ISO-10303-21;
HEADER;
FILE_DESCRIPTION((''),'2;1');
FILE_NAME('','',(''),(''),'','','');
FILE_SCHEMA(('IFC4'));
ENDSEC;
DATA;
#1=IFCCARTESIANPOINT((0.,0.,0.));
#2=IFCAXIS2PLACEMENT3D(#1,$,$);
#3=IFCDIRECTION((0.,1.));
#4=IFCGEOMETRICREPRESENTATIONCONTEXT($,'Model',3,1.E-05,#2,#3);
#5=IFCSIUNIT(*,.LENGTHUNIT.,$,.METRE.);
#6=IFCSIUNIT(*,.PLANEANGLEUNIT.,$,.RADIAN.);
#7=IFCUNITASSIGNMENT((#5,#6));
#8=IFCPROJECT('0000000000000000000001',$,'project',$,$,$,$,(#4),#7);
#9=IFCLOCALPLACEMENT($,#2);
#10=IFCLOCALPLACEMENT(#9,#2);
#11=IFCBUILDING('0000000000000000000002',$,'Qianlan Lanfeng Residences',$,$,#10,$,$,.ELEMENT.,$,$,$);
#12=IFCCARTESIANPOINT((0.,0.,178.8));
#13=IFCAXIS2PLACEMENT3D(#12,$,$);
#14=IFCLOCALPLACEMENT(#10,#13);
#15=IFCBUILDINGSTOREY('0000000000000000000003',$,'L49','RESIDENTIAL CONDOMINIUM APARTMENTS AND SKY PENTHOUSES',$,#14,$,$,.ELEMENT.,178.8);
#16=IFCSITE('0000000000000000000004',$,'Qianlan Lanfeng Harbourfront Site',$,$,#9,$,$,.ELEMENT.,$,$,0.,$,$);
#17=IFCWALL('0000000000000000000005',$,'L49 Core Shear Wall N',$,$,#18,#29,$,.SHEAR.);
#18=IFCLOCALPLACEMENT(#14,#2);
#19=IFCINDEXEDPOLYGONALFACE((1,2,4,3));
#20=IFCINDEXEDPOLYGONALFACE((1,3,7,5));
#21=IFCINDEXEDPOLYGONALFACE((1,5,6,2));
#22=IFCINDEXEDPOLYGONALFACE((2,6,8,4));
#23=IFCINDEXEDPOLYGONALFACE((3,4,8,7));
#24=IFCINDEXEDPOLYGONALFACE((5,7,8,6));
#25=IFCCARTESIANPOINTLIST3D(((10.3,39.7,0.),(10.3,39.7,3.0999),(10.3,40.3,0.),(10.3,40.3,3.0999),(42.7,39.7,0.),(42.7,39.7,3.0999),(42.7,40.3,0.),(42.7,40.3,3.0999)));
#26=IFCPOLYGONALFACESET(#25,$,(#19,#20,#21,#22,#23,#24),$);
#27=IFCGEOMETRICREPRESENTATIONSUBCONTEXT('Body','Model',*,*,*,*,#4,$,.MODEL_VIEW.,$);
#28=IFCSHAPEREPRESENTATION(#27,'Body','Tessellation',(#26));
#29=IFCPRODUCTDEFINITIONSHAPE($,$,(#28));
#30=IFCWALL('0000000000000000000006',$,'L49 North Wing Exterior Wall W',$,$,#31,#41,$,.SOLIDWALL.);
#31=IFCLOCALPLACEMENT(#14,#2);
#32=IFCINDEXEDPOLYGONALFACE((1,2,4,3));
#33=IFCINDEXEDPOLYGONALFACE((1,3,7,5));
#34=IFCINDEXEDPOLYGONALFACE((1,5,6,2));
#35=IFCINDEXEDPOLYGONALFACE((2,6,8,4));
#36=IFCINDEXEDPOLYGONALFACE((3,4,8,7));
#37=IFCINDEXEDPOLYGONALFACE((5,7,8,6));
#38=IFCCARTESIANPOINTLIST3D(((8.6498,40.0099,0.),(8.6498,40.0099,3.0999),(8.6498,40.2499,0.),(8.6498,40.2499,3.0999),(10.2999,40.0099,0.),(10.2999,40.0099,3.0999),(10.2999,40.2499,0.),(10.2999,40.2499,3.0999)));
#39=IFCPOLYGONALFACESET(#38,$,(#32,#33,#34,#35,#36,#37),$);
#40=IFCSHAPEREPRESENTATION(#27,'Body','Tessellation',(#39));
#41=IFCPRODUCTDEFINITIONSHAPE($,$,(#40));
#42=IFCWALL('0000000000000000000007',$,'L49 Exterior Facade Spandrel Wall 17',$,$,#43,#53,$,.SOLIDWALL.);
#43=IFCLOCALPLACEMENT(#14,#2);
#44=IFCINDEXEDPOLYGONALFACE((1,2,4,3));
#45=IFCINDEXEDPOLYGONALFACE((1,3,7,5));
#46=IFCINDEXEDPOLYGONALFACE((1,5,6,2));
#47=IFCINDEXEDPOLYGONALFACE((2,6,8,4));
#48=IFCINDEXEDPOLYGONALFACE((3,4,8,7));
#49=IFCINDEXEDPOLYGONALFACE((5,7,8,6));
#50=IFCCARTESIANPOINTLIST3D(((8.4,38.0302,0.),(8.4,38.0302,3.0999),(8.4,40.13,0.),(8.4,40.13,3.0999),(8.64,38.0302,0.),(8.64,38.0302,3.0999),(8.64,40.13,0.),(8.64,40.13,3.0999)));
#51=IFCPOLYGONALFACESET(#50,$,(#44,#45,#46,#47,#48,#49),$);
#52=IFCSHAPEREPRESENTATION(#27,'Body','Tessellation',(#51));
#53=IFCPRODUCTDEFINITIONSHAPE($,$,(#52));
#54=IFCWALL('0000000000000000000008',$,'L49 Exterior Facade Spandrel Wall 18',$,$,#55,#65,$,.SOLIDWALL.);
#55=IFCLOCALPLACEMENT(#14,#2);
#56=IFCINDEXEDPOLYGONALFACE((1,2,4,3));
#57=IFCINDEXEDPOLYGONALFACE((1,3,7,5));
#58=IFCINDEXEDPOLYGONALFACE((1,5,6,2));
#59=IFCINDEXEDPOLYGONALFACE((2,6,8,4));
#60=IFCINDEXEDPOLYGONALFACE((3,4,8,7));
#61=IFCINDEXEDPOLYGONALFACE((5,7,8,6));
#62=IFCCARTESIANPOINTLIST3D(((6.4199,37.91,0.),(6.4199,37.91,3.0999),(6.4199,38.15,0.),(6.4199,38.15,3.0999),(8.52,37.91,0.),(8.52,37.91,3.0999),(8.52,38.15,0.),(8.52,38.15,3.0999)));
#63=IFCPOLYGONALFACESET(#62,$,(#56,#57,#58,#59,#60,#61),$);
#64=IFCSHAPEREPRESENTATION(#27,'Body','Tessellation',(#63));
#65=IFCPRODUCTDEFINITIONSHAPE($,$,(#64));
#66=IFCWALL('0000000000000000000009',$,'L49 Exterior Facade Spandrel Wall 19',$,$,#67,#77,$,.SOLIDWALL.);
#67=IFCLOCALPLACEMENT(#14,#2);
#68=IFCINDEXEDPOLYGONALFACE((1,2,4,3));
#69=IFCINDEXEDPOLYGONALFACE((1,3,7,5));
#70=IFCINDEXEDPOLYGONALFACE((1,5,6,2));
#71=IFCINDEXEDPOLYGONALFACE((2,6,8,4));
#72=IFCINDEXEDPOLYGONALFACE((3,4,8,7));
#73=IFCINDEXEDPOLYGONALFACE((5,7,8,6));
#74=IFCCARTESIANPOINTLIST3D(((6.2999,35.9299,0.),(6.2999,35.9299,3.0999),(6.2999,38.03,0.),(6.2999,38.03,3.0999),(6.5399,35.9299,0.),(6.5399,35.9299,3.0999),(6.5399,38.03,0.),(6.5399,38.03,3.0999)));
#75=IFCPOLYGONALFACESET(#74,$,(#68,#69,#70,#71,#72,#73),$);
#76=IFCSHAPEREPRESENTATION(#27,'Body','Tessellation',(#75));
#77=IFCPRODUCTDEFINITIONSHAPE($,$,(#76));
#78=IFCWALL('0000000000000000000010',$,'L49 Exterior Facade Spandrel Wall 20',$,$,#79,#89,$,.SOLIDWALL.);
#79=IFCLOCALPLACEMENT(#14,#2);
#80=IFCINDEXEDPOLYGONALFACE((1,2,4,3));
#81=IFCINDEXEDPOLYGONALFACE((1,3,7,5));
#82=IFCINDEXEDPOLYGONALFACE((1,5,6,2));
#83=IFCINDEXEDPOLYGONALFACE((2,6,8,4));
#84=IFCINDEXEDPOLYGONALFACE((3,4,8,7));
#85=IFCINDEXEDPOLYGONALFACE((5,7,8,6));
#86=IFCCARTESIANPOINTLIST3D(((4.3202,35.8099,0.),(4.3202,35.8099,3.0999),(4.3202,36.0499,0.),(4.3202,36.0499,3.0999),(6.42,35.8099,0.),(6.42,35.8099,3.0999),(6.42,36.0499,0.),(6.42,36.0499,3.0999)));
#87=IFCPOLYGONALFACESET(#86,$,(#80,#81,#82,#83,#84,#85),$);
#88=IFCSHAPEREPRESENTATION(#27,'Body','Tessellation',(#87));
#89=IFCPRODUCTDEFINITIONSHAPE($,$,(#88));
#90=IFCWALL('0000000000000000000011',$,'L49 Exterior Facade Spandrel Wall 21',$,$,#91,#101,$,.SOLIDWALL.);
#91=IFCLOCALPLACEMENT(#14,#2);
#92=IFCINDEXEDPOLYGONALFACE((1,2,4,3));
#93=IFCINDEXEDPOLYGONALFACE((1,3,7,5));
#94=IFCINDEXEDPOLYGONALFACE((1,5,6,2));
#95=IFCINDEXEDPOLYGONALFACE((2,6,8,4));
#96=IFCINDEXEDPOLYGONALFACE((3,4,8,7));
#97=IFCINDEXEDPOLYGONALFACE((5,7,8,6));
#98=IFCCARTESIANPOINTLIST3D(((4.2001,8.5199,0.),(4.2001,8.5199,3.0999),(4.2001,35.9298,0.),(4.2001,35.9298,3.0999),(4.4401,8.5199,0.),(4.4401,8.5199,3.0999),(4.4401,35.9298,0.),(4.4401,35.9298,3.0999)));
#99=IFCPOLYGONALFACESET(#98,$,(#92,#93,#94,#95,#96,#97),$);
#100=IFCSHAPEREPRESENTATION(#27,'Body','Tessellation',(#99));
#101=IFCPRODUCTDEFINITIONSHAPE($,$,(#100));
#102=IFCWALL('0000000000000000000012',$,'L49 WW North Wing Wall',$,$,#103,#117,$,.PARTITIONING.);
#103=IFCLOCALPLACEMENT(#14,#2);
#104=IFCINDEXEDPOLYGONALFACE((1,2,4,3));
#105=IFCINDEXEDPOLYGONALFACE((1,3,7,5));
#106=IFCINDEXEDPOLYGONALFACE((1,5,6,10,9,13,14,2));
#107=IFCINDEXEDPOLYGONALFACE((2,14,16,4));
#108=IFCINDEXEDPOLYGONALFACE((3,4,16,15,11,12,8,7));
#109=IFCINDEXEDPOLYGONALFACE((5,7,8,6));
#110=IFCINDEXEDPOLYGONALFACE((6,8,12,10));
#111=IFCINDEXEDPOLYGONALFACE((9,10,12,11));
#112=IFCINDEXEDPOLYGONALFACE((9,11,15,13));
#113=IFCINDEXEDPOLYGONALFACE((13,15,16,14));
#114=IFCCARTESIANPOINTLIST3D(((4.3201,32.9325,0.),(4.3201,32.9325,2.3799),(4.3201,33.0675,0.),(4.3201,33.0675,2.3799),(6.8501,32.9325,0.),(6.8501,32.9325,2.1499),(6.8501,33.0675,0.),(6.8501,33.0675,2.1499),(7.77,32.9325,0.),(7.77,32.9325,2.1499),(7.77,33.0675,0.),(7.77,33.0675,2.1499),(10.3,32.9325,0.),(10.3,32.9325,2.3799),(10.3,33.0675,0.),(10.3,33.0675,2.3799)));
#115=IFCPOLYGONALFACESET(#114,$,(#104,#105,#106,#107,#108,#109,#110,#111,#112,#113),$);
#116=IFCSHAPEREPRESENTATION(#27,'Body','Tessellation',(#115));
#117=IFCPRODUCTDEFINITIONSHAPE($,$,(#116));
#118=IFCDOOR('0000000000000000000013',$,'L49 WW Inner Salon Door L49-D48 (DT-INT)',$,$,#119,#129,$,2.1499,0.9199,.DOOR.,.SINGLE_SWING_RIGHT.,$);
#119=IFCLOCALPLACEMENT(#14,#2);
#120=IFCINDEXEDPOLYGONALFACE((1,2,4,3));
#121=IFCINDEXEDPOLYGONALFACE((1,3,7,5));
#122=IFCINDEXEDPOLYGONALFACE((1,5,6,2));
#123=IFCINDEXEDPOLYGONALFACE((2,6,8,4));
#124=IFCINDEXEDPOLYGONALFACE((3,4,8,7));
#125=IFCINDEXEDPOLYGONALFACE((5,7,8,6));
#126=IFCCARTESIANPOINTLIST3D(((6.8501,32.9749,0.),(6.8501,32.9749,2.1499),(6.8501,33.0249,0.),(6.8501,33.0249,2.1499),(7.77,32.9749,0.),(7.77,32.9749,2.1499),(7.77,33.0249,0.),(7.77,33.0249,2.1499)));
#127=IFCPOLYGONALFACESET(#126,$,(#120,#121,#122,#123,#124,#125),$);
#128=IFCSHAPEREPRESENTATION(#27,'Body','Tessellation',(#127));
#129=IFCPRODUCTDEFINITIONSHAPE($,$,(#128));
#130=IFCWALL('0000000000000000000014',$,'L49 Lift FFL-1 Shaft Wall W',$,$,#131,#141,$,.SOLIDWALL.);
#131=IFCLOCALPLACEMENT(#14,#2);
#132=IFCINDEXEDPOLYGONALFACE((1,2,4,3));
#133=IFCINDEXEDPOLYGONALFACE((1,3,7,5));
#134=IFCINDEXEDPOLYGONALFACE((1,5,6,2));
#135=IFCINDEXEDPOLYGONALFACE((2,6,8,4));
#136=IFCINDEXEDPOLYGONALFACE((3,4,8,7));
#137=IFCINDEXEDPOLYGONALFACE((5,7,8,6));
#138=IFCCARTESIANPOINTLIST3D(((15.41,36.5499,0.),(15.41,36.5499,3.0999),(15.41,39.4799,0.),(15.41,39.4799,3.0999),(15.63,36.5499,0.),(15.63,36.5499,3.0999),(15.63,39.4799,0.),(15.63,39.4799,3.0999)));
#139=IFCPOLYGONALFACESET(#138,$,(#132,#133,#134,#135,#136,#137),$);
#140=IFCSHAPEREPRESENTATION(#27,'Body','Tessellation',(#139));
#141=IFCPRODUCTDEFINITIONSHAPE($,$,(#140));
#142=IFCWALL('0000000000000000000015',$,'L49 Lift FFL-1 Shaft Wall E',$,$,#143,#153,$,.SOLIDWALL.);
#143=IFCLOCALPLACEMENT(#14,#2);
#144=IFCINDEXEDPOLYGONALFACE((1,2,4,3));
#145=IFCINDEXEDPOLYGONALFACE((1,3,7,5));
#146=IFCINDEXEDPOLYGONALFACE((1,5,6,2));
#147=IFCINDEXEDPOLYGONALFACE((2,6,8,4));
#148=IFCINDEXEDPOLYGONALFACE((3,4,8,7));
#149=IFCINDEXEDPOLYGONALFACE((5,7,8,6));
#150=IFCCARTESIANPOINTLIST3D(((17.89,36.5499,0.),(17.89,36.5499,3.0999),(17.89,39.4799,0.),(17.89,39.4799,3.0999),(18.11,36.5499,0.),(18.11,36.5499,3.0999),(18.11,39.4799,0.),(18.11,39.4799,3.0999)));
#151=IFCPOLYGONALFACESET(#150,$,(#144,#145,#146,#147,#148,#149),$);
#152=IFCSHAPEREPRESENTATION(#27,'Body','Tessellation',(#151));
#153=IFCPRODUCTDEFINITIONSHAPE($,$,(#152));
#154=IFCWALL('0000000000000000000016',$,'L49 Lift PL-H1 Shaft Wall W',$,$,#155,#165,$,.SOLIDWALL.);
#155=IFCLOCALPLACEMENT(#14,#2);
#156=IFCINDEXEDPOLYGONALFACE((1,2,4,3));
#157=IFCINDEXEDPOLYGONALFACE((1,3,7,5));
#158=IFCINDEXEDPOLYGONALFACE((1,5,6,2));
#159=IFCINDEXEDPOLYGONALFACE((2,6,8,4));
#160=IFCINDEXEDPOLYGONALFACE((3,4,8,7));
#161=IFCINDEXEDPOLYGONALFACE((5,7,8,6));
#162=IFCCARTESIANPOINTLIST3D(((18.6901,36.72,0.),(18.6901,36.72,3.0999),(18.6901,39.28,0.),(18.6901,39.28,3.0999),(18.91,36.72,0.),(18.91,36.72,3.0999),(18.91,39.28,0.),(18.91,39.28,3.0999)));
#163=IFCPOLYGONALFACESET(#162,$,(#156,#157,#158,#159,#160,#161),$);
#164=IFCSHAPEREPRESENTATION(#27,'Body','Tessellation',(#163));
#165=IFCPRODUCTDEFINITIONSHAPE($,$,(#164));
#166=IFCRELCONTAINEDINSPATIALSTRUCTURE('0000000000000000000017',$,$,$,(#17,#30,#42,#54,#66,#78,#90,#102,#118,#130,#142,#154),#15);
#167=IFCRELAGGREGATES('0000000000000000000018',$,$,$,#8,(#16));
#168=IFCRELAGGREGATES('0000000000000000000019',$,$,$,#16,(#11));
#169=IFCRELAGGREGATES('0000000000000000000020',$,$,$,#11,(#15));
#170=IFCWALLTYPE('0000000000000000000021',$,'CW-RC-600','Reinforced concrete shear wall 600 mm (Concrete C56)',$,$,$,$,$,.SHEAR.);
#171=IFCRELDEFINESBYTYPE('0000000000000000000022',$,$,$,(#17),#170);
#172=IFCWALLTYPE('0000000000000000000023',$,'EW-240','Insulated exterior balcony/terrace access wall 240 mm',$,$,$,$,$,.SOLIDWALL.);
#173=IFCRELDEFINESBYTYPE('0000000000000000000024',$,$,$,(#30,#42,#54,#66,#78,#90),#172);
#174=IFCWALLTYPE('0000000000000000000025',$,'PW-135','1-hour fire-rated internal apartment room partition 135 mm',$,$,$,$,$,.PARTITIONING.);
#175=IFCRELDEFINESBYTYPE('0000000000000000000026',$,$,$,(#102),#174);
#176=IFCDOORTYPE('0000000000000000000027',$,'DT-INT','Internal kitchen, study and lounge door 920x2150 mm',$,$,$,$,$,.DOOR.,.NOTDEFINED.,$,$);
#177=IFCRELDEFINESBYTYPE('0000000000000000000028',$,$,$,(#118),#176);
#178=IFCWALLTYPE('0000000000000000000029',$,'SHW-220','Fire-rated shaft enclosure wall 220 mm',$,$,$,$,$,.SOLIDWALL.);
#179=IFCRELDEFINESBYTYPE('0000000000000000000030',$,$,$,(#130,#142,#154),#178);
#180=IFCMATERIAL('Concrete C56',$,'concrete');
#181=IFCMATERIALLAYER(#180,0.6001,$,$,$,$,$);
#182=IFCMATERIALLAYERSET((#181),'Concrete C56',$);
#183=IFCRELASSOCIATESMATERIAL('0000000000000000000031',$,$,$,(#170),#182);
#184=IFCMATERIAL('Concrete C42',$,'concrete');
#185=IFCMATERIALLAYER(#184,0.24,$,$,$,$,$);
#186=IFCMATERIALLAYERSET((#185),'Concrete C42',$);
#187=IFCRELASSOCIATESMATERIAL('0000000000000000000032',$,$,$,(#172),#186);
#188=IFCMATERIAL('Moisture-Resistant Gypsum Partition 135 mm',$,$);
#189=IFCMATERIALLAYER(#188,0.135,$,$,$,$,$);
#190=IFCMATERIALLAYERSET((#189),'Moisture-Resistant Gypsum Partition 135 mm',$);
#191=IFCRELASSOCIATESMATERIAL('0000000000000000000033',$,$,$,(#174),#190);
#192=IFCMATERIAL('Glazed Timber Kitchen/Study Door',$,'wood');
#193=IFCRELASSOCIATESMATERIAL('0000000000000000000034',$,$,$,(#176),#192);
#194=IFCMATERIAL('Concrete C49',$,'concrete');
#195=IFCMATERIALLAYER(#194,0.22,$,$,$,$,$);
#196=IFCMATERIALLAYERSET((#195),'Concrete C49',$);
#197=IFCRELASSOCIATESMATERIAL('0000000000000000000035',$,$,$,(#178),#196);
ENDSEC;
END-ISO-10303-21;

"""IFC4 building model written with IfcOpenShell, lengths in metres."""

from ifc_helpers import new_model, si_unit, direction, frame, frame_2d, origin, place, context, subcontext, project, spatial, rectangle, extrude, material, layer, layer_set, type_object, element, fill, save


model = new_model("IFC4")

# Units and contexts
model_context = context("Model", 3, precision=1e-05, world=origin(), true_north=direction((0.0, 1.0)))
body_context = subcontext(model_context, "Body", "Model", "MODEL_VIEW")
ifc_project = project(units=[si_unit("LENGTHUNIT", "METRE"), si_unit("PLANEANGLEUNIT", "RADIAN")], contexts=[model_context])

# Site, building, storey
site_placement = place(None, origin())
site = spatial("IfcSite", under=ifc_project, at=site_placement, Name="Qianlan Lanfeng Harbourfront Site", CompositionType="ELEMENT", RefElevation=0.0)
building_placement = place(site_placement, origin())
building = spatial("IfcBuilding", under=site, at=building_placement, Name="Qianlan Lanfeng Residences", CompositionType="ELEMENT")
storey_placement = place(building_placement, frame((0.0, 0.0, 178.8)))
storey = spatial("IfcBuildingStorey", under=building, at=storey_placement, Name="L49", Description="RESIDENTIAL CONDOMINIUM APARTMENTS AND SKY PENTHOUSES", CompositionType="ELEMENT", Elevation=178.8)

# Shared definitions
ifc_material_1 = material(Name="Concrete C56", Category="concrete")

# Walls
ifc_layer_1 = layer(ifc_material_1, 0.6001)
ifc_layer_set_1 = layer_set([ifc_layer_1], Name="Concrete C56")
wall_type_1 = type_object("IfcWallType", Name="CW-RC-600", Description="Reinforced concrete shear wall 600 mm (Concrete C56)", PredefinedType="SHEAR", material=ifc_layer_set_1)
wall_1_placement = place(storey_placement, frame((10.3, 40.0, 0.0), z_axis=(0.0, 0.0, 1.0), x_axis=(1.0, 0.0, 0.0)))
element("IfcWall", 1, at=wall_1_placement, inside=storey, type_object=wall_type_1, Name="L49 Core Shear Wall N", PredefinedType="SHEAR", context=body_context, shape_type="SweptSolid", body=[
    extrude(rectangle(XDim=32.3999, YDim=0.6001, at=frame_2d((16.2, 0.0))), origin(), (0.0, 0.0, 1.0), 3.0999),
])
ifc_material_2 = material(Name="Concrete C42", Category="concrete")
ifc_layer_2 = layer(ifc_material_2, 0.24)
ifc_layer_set_2 = layer_set([ifc_layer_2], Name="Concrete C42")
wall_type_2 = type_object("IfcWallType", Name="EW-240", Description="Insulated exterior balcony/terrace access wall 240 mm", PredefinedType="SOLIDWALL", material=ifc_layer_set_2)
wall_2_placement = place(storey_placement, frame((10.3, 40.1299, 0.0), z_axis=(0.0, 0.0, 1.0), x_axis=(-1.0, 0.0, 0.0)))
element("IfcWall", 2, at=wall_2_placement, inside=storey, type_object=wall_type_2, Name="L49 North Wing Exterior Wall W", PredefinedType="SOLIDWALL", context=body_context, shape_type="SweptSolid", body=[
    extrude(rectangle(XDim=1.6501, YDim=0.24, at=frame_2d((0.8252, 0.0))), origin(), (0.0, 0.0, 1.0), 3.0999),
])
wall_3_placement = place(storey_placement, frame((8.52, 40.1299, 0.0), z_axis=(0.0, 0.0, 1.0), x_axis=(0.0, -1.0, 0.0)))
element("IfcWall", 3, at=wall_3_placement, inside=storey, type_object=wall_type_2, Name="L49 Exterior Facade Spandrel Wall 17", PredefinedType="SOLIDWALL", context=body_context, shape_type="SweptSolid", body=[
    extrude(rectangle(XDim=2.0999, YDim=0.24, at=frame_2d((1.0498, 0.0))), origin(), (0.0, 0.0, 1.0), 3.0999),
])
for number, where, z_axis, x_axis, name in (
    (4, (8.52, 38.03, 0.0), (0.0, 0.0, 1.0), (-1.0, 0.0, 0.0), "L49 Exterior Facade Spandrel Wall 18"),
    (5, (6.4199, 38.03, 0.0), (0.0, 0.0, 1.0), (0.0, -1.0, 0.0), "L49 Exterior Facade Spandrel Wall 19"),
):
    element("IfcWall", number, at=place(storey_placement, frame(where, z_axis=z_axis, x_axis=x_axis)), inside=storey, type_object=wall_type_2, Name=name, PredefinedType="SOLIDWALL", context=body_context, shape_type="SweptSolid", body=[
        extrude(rectangle(XDim=2.1001, YDim=0.24, at=frame_2d((1.05, 0.0))), origin(), (0.0, 0.0, 1.0), 3.0999),
    ])
wall_4_placement = place(storey_placement, frame((6.4199, 35.9299, 0.0), z_axis=(0.0, 0.0, 1.0), x_axis=(-1.0, 0.0, 0.0)))
element("IfcWall", 6, at=wall_4_placement, inside=storey, type_object=wall_type_2, Name="L49 Exterior Facade Spandrel Wall 20", PredefinedType="SOLIDWALL", context=body_context, shape_type="SweptSolid", body=[
    extrude(rectangle(XDim=2.0999, YDim=0.24, at=frame_2d((1.0498, 0.0))), origin(), (0.0, 0.0, 1.0), 3.0999),
])
wall_5_placement = place(storey_placement, frame((4.3201, 35.9299, 0.0), z_axis=(0.0, 0.0, 1.0), x_axis=(0.0, -1.0, 0.0)))
element("IfcWall", 7, at=wall_5_placement, inside=storey, type_object=wall_type_2, Name="L49 Exterior Facade Spandrel Wall 21", PredefinedType="SOLIDWALL", context=body_context, shape_type="SweptSolid", body=[
    extrude(rectangle(XDim=27.4099, YDim=0.24, at=frame_2d((13.7051, 0.0))), origin(), (0.0, 0.0, 1.0), 3.0999),
])

# Wall, opening, door
ifc_material_3 = material(Name="Moisture-Resistant Gypsum Partition 135 mm")
ifc_layer_3 = layer(ifc_material_3, 0.135)
ifc_layer_set_3 = layer_set([ifc_layer_3], Name="Moisture-Resistant Gypsum Partition 135 mm")
wall_type_3 = type_object("IfcWallType", Name="PW-135", Description="1-hour fire-rated internal apartment room partition 135 mm", PredefinedType="PARTITIONING", material=ifc_layer_set_3)
wall_6_placement = place(storey_placement, frame((4.3201, 33.0, 0.0), z_axis=(0.0, 0.0, 1.0), x_axis=(1.0, 0.0, 0.0)))
wall_6 = element("IfcWall", 8, at=wall_6_placement, inside=storey, type_object=wall_type_3, Name="L49 WW North Wing Wall", PredefinedType="PARTITIONING", context=body_context, shape_type="SweptSolid", body=[
    extrude(rectangle(XDim=5.98, YDim=0.135, at=frame_2d((2.99, 0.0))), origin(), (0.0, 0.0, 1.0), 2.3799),
])
opening_1_placement = place(wall_6_placement, frame((2.53, 0.0, 0.0)))
opening_1 = element("IfcOpeningElement", 9, at=opening_1_placement, cuts=wall_6, PredefinedType="OPENING", context=body_context, shape_type="SweptSolid", body=[
    extrude(rectangle(XDim=0.9199, YDim=2.1499, at=frame_2d((0.46, 1.075))), frame((0.0, 0.0776, 0.0), z_axis=(0.0, -1.0, 0.0), x_axis=(1.0, 0.0, 0.0)), (0.0, 0.0, 1.0), 0.155),
])
ifc_material_4 = material(Name="Glazed Timber Kitchen/Study Door", Category="wood")
door_type_1 = type_object("IfcDoorType", Name="DT-INT", Description="Internal kitchen, study and lounge door 920x2150 mm", OperationType="NOTDEFINED", PredefinedType="DOOR", material=ifc_material_4)
door_1_placement = place(opening_1_placement, origin())
door_1 = element("IfcDoor", 10, at=door_1_placement, inside=storey, type_object=door_type_1, Name="L49 WW Inner Salon Door L49-D48 (DT-INT)", OperationType="SINGLE_SWING_RIGHT", OverallHeight=2.1499, OverallWidth=0.9199, PredefinedType="DOOR", context=body_context, shape_type="SweptSolid", body=[
    extrude(rectangle(XDim=0.9199, YDim=2.1499, at=frame_2d((0.46, 1.075))), frame((0.0, 0.0249, 0.0), z_axis=(0.0, -1.0, 0.0), x_axis=(1.0, 0.0, 0.0)), (0.0, 0.0, 1.0), 0.05),
])
fill(opening_1, door_1)

# Walls
ifc_material_5 = material(Name="Concrete C49", Category="concrete")
ifc_layer_4 = layer(ifc_material_5, 0.22)
ifc_layer_set_4 = layer_set([ifc_layer_4], Name="Concrete C49")
wall_type_4 = type_object("IfcWallType", Name="SHW-220", Description="Fire-rated shaft enclosure wall 220 mm", PredefinedType="SOLIDWALL", material=ifc_layer_set_4)
for number, where, z_axis, x_axis, name in (
    (11, (15.52, 36.55, 0.0), (0.0, 0.0, 1.0), (0.0, 1.0, 0.0), "L49 Lift FFL-1 Shaft Wall W"),
    (12, (18.0, 36.55, 0.0), (0.0, 0.0, 1.0), (0.0, 1.0, 0.0), "L49 Lift FFL-1 Shaft Wall E"),
):
    element("IfcWall", number, at=place(storey_placement, frame(where, z_axis=z_axis, x_axis=x_axis)), inside=storey, type_object=wall_type_4, Name=name, PredefinedType="SOLIDWALL", context=body_context, shape_type="SweptSolid", body=[
        extrude(rectangle(XDim=2.9299, YDim=0.22, at=frame_2d((1.4648, 0.0))), origin(), (0.0, 0.0, 1.0), 3.0999),
    ])
wall_7_placement = place(storey_placement, frame((18.8, 36.72, 0.0), z_axis=(0.0, 0.0, 1.0), x_axis=(0.0, 1.0, 0.0)))
element("IfcWall", 13, at=wall_7_placement, inside=storey, type_object=wall_type_4, Name="L49 Lift PL-H1 Shaft Wall W", PredefinedType="SOLIDWALL", context=body_context, shape_type="SweptSolid", body=[
    extrude(rectangle(XDim=2.5601, YDim=0.22, at=frame_2d((1.28, 0.0))), origin(), (0.0, 0.0, 1.0), 3.0999),
])

save(model, "model.ifc")
